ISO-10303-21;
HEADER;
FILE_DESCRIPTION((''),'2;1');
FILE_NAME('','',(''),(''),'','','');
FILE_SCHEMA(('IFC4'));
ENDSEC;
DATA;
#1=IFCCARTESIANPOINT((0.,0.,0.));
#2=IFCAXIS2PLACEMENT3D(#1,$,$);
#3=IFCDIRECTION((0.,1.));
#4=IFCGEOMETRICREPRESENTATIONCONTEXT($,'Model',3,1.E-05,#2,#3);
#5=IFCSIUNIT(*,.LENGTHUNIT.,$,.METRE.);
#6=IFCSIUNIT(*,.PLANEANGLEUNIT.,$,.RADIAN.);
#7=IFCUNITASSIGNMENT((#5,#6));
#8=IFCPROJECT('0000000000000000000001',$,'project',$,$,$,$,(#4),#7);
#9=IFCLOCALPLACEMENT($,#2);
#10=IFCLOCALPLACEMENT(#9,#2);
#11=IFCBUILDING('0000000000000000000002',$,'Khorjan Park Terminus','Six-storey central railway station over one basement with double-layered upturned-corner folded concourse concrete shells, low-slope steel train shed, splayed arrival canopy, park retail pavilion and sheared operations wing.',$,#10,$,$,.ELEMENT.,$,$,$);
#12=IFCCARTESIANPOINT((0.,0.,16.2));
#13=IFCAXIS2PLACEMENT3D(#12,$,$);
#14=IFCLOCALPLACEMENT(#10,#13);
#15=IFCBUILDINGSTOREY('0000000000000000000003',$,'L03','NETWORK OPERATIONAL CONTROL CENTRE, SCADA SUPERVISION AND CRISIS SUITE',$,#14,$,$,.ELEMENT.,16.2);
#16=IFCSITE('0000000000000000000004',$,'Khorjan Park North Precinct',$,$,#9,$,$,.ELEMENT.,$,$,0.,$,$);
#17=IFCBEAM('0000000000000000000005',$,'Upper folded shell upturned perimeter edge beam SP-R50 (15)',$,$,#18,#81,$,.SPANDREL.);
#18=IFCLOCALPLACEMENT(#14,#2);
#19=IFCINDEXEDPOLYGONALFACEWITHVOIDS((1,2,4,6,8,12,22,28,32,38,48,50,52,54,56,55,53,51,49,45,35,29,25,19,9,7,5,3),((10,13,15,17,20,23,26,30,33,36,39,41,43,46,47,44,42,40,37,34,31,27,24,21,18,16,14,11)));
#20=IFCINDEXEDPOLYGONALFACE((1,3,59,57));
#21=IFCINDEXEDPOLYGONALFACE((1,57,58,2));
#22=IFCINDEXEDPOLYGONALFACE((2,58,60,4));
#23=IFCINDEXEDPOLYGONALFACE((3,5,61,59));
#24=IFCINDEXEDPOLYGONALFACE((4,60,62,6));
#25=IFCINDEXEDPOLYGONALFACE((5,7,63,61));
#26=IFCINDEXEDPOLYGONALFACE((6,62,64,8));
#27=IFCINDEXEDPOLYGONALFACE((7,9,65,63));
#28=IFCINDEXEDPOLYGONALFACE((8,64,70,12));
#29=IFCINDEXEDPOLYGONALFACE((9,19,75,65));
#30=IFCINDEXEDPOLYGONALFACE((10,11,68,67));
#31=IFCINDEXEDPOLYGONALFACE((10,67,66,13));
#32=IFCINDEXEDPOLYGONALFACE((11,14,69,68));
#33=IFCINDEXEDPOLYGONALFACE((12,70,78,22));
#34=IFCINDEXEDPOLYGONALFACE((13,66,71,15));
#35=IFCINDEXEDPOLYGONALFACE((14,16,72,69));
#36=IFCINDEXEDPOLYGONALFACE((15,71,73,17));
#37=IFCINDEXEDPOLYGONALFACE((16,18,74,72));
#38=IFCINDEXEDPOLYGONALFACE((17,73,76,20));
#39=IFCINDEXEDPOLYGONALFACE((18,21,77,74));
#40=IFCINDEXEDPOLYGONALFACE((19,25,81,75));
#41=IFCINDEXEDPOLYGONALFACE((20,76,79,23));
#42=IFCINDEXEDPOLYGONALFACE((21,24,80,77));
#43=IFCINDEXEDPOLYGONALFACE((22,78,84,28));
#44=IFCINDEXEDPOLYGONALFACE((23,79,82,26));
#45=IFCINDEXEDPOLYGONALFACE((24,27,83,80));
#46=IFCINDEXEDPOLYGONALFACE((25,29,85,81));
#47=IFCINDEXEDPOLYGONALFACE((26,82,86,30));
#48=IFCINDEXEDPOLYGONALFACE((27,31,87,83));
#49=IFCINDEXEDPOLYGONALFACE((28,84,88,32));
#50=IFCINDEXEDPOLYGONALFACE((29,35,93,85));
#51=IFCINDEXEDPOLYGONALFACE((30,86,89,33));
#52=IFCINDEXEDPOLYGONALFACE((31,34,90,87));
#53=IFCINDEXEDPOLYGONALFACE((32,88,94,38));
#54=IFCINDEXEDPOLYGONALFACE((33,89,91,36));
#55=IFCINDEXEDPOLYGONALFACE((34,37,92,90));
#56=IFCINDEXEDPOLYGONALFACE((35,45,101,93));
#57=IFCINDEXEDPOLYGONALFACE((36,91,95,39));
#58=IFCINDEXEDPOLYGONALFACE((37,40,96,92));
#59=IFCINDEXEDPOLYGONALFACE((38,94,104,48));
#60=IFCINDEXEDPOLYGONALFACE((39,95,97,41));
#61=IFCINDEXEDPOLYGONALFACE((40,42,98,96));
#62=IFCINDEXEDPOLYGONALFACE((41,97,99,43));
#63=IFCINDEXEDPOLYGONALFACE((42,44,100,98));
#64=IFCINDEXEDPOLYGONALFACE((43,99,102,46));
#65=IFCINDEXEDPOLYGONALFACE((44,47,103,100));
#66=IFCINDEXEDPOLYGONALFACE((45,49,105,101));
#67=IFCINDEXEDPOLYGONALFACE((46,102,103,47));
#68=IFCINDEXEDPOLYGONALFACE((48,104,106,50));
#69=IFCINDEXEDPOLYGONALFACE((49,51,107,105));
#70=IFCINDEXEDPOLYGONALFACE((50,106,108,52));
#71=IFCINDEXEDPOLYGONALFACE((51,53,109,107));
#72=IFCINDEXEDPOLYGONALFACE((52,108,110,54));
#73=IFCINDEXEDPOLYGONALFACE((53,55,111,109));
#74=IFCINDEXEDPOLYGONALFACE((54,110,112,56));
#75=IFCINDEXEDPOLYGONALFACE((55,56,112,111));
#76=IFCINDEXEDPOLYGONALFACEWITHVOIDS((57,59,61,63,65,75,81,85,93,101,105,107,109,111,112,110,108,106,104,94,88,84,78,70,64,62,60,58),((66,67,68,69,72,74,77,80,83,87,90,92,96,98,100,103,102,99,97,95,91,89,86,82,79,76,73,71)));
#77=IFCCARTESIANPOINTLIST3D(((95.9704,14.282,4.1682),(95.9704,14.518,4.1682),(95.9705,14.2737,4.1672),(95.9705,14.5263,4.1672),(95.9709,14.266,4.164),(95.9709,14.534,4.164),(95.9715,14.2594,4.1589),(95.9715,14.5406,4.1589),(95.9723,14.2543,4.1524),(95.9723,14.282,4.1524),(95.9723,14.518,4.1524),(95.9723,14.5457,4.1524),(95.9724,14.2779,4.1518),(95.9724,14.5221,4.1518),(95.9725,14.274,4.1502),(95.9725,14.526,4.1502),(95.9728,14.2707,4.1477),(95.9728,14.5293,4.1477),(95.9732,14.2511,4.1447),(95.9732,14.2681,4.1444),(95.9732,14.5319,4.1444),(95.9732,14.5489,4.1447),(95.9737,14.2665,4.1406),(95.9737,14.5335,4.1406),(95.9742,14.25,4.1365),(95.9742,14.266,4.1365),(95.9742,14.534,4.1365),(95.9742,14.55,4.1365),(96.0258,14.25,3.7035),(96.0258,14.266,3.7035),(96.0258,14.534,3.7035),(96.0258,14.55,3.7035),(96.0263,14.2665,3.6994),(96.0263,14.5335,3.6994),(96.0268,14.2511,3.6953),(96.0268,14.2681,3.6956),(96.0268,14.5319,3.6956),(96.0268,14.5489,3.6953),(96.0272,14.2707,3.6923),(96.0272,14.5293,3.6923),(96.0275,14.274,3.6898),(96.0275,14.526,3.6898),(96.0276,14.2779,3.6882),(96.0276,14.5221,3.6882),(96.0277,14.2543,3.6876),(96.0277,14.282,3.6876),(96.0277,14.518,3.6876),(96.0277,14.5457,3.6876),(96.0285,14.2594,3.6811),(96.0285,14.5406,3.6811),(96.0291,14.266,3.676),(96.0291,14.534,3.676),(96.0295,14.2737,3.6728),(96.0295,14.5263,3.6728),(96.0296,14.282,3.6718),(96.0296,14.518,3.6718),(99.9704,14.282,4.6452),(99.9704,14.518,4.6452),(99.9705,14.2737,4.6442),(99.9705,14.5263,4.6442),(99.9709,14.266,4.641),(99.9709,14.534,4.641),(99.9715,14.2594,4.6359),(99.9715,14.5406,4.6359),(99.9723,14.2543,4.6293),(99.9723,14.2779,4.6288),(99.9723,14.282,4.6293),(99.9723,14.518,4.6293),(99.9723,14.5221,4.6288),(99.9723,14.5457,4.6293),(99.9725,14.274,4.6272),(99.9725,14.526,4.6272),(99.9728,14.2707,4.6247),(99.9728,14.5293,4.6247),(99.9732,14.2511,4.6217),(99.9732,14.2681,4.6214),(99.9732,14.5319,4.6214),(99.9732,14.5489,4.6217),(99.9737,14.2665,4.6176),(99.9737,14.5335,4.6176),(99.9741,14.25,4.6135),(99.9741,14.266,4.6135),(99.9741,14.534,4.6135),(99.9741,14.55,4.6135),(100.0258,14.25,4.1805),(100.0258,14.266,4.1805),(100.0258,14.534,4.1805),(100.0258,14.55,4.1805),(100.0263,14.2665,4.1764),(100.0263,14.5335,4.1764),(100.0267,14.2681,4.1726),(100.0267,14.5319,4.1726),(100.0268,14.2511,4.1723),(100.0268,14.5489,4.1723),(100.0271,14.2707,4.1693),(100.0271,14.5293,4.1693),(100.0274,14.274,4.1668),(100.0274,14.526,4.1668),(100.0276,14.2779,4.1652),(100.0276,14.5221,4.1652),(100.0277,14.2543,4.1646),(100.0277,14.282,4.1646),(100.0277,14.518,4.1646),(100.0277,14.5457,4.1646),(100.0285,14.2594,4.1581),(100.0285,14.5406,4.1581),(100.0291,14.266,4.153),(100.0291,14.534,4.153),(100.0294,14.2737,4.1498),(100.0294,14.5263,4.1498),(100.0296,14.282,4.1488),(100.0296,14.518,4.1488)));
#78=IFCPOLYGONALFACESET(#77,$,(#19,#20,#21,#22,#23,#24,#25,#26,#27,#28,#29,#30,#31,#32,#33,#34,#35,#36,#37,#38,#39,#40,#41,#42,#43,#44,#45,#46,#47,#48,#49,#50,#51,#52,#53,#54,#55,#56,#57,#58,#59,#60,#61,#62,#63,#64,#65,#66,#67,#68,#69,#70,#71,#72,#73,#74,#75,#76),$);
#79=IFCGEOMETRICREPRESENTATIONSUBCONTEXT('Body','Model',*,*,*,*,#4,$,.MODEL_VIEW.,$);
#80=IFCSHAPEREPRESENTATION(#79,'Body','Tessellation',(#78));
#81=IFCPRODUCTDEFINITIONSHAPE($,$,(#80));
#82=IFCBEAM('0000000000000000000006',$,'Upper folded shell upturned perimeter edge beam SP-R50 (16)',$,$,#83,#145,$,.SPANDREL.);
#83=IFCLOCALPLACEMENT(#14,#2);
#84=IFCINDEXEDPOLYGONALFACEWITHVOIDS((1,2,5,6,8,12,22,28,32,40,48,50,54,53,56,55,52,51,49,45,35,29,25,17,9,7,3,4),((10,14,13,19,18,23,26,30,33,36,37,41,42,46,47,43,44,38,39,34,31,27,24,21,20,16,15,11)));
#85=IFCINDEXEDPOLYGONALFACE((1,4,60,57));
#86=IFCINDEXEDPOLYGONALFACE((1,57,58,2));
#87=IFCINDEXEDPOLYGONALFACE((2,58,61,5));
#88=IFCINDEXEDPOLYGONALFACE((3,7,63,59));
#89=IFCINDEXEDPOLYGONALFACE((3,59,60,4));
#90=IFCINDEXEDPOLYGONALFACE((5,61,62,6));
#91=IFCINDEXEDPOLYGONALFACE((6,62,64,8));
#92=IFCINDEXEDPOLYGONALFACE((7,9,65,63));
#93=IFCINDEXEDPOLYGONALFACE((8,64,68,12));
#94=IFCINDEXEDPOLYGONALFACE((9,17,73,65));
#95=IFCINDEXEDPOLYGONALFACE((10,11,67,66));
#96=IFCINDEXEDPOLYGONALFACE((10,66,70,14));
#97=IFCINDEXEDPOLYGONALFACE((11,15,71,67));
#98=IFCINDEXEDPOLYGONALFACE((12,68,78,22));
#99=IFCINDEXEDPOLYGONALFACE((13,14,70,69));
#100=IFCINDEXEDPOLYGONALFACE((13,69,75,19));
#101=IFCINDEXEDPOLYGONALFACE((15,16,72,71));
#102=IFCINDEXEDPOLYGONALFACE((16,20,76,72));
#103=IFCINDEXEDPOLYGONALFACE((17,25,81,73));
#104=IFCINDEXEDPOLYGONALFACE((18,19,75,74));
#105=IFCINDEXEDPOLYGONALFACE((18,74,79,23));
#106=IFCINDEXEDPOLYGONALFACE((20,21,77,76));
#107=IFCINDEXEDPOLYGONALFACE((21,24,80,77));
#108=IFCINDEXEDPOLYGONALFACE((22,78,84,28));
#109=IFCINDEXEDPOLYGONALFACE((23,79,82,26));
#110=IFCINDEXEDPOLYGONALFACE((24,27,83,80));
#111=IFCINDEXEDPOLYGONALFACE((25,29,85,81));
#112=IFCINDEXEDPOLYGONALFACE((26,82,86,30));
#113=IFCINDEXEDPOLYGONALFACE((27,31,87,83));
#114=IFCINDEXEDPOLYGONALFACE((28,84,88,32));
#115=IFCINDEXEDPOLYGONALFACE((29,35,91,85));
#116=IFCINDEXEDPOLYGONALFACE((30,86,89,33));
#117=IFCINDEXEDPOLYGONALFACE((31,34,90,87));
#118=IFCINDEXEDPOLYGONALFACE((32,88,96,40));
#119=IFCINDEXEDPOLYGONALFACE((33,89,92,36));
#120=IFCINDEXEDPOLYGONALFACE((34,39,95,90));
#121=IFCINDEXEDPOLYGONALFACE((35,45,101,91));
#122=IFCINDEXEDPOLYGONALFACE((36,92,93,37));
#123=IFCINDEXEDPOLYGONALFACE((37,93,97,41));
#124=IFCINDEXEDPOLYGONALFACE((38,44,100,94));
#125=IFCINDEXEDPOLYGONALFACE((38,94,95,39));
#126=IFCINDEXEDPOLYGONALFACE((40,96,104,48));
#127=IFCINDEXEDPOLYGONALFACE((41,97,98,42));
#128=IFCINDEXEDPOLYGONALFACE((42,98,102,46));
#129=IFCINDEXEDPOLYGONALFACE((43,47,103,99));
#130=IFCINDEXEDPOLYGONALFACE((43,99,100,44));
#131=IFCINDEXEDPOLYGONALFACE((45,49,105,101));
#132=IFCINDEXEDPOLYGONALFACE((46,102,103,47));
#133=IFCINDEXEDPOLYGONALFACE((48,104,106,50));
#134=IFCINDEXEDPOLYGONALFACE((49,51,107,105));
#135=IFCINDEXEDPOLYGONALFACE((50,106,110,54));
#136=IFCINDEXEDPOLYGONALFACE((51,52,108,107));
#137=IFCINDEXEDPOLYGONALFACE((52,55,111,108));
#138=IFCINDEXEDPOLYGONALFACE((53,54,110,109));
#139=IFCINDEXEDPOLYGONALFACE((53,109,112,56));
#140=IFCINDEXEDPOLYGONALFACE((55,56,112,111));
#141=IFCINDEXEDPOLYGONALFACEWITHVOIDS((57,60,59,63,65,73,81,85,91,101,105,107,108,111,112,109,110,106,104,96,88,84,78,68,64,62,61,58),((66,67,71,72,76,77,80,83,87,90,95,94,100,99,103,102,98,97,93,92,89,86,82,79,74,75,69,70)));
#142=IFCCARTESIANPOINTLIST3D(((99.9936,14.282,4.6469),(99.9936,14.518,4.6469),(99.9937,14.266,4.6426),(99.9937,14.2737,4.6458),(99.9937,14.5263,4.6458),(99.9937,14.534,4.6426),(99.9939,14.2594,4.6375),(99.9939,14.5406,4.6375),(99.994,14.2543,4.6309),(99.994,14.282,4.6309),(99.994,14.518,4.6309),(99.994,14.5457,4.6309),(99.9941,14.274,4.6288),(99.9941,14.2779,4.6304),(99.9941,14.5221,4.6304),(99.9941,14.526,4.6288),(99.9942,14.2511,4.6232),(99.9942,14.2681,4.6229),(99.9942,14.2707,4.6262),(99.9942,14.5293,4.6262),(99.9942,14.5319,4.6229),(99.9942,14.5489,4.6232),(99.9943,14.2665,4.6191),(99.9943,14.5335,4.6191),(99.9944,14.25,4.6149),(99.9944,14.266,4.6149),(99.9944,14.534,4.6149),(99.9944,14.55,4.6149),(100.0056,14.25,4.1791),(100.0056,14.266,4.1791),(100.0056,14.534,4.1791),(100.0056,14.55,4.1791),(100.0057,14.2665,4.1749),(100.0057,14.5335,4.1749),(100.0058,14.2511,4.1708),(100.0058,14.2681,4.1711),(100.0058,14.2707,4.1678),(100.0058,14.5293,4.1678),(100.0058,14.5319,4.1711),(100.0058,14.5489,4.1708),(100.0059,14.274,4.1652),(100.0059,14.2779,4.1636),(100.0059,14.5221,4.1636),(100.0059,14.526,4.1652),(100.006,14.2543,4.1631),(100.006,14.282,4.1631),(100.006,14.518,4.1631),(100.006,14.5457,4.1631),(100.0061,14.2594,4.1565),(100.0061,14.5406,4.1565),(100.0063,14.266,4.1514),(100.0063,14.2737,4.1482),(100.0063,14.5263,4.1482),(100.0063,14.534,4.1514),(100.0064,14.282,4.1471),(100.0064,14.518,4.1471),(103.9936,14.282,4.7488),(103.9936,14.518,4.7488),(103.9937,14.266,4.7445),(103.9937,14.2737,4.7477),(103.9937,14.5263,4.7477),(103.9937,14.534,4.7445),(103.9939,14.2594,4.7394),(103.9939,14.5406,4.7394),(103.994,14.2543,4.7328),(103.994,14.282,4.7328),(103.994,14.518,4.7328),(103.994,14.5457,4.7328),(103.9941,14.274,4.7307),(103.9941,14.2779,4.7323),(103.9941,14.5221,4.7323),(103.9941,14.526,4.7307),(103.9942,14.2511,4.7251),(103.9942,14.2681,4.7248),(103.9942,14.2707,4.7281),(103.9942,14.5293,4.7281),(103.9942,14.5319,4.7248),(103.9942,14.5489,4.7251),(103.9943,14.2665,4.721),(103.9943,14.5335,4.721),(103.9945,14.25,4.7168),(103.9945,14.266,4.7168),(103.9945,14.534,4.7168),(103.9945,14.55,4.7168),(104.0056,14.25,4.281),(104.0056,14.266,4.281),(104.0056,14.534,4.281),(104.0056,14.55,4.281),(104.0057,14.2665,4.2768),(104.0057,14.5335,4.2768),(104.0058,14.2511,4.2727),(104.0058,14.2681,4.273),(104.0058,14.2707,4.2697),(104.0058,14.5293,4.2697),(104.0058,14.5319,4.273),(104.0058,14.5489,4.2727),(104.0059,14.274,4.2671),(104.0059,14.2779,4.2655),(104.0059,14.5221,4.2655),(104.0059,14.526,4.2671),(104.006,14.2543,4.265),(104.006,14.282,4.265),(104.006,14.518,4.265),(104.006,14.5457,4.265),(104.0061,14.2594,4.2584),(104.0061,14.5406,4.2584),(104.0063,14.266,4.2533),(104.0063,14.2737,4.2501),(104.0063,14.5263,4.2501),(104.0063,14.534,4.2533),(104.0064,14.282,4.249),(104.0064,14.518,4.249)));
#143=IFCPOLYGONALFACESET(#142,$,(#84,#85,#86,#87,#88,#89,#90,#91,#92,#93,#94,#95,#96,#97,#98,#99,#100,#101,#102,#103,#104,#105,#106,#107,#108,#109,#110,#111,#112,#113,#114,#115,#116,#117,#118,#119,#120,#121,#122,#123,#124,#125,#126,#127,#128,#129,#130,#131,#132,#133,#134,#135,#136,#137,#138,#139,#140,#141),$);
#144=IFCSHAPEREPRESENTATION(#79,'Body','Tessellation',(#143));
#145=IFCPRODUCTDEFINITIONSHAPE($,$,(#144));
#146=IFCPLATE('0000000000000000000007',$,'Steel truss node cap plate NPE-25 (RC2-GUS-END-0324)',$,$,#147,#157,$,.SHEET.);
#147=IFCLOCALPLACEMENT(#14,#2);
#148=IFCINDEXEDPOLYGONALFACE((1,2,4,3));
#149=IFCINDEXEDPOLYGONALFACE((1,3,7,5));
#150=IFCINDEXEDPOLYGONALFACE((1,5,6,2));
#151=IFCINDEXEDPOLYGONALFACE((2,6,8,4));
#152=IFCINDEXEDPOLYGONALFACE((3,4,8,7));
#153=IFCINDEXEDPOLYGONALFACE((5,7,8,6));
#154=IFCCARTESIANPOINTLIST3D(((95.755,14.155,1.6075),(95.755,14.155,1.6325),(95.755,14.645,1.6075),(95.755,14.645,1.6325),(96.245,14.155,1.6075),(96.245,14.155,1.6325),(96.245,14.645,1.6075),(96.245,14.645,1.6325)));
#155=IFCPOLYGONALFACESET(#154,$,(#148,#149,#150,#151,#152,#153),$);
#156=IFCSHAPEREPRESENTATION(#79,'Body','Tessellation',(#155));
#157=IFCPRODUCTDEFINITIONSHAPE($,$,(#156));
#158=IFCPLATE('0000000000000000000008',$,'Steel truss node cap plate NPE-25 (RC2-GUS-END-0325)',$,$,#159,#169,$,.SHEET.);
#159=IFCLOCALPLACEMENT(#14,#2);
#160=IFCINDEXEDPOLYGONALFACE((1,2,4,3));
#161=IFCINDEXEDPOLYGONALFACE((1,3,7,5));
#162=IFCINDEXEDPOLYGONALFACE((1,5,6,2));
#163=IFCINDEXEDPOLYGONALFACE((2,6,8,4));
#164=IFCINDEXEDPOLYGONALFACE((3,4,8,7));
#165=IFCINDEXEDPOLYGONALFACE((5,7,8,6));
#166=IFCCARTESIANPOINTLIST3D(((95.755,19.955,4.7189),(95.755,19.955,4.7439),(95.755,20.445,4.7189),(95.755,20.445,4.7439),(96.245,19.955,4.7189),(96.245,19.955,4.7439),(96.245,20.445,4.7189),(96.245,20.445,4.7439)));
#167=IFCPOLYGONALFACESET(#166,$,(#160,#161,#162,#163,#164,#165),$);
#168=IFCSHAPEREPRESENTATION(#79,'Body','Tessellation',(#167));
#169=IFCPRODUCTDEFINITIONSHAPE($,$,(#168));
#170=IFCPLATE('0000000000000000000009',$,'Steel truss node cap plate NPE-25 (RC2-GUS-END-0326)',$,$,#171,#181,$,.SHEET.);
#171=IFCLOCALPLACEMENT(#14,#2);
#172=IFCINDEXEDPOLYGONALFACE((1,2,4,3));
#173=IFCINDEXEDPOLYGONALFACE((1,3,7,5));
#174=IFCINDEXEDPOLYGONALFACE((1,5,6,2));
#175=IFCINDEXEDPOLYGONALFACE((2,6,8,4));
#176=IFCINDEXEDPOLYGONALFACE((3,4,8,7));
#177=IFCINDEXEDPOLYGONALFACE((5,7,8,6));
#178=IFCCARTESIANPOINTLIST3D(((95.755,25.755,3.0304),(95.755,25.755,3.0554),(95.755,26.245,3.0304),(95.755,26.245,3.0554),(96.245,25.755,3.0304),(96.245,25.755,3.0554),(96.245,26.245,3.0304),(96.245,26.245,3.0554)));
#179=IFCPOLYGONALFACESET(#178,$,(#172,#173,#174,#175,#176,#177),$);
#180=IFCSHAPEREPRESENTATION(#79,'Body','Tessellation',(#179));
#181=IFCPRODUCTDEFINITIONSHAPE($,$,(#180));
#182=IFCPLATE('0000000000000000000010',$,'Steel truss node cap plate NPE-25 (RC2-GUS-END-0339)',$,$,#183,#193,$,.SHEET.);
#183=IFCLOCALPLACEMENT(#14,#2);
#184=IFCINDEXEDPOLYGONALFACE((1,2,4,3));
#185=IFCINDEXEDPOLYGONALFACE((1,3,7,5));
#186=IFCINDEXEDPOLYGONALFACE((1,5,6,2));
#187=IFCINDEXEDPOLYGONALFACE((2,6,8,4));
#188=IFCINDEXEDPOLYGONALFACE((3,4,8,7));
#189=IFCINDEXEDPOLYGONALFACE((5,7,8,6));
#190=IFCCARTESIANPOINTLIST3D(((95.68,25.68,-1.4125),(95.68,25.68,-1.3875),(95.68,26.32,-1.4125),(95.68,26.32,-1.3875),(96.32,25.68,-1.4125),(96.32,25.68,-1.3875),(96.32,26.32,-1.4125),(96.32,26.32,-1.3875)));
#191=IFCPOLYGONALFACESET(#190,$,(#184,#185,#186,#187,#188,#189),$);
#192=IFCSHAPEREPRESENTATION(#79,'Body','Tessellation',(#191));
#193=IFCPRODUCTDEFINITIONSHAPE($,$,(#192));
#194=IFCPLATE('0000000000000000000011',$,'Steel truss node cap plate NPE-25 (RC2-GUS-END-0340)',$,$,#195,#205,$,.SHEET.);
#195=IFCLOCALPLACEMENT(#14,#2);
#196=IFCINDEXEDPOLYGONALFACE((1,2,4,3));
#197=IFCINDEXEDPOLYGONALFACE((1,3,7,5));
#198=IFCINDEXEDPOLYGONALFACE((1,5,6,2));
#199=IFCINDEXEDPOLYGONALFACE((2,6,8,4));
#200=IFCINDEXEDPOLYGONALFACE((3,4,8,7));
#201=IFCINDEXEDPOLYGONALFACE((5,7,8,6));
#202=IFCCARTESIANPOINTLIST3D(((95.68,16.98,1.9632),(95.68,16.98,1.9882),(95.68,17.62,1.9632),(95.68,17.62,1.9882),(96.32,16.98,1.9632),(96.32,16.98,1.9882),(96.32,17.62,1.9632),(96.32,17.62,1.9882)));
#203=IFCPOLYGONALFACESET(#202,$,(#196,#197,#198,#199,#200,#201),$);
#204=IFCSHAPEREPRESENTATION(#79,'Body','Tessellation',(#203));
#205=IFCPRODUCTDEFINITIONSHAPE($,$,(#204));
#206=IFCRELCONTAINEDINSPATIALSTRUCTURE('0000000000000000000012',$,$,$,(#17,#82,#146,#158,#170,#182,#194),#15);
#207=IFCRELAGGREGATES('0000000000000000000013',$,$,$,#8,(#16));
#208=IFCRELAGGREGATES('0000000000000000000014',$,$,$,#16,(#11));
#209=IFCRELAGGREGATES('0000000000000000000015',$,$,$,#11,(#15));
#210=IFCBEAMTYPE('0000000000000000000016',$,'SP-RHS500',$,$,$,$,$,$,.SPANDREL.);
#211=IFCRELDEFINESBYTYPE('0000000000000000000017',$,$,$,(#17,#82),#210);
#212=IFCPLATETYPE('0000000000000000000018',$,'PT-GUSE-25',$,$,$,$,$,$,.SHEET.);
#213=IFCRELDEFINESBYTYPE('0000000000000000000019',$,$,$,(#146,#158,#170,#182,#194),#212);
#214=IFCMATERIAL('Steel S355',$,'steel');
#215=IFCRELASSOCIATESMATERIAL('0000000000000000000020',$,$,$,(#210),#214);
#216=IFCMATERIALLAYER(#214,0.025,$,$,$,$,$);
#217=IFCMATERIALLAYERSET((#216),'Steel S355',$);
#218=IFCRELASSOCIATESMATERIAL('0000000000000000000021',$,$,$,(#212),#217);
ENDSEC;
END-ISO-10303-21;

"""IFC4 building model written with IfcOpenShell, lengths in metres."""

from ifc_helpers import new_model, si_unit, direction, frame, origin, origin_2d, place, context, subcontext, project, spatial, rectangle, hollow_rectangle, extrude, material, layer, layer_set, material_profile, profile_set, type_object, element, save


model = new_model("IFC4")

# Units and contexts
model_context = context("Model", 3, precision=1e-05, world=origin(), true_north=direction((0.0, 1.0)))
body_context = subcontext(model_context, "Body", "Model", "MODEL_VIEW")
ifc_project = project(units=[si_unit("LENGTHUNIT", "METRE"), si_unit("PLANEANGLEUNIT", "RADIAN")], contexts=[model_context])

# Site, building, storey
site_placement = place(None, origin())
site = spatial("IfcSite", under=ifc_project, at=site_placement, Name="Khorjan Park North Precinct", CompositionType="ELEMENT", RefElevation=0.0)
building_placement = place(site_placement, origin())
building = spatial("IfcBuilding", under=site, at=building_placement, Name="Khorjan Park Terminus", Description="Six-storey central railway station over one basement with double-layered upturned-corner folded concourse concrete shells, low-slope steel train shed, splayed arrival canopy, park retail pavilion and sheared operations wing.", CompositionType="ELEMENT")
storey_placement = place(building_placement, frame((0.0, 0.0, 16.2)))
storey = spatial("IfcBuildingStorey", under=building, at=storey_placement, Name="L03", Description="NETWORK OPERATIONAL CONTROL CENTRE, SCADA SUPERVISION AND CRISIS SUITE", CompositionType="ELEMENT", Elevation=16.2)

# Shared definitions
ifc_material_1 = material(Name="Steel S355", Category="steel")

# Beams
ifc_material_profile_1 = material_profile(ifc_material_1, hollow_rectangle(XDim=0.3, YDim=0.5, WallThickness=0.016, InnerFilletRadius=0.016, OuterFilletRadius=0.032, at=origin_2d()), Name="RHS 500x300x16")
ifc_profile_set_1 = profile_set([ifc_material_profile_1], Name="Steel S355")
beam_type_1 = type_object("IfcBeamType", Name="SP-RHS500", PredefinedType="SPANDREL", material=ifc_profile_set_1)
beam_1_placement = place(storey_placement, frame((96.0, 14.4, 3.92), z_axis=(0.992965, 0.0, 0.118411), x_axis=(0.0, 1.0, 0.0)))
element("IfcBeam", 1, at=beam_1_placement, inside=storey, type_object=beam_type_1, Name="Upper folded shell upturned perimeter edge beam SP-R50 (15)", PredefinedType="SPANDREL", context=body_context, shape_type="SweptSolid", body=[
    extrude(hollow_rectangle(XDim=0.3, YDim=0.5, WallThickness=0.016, InnerFilletRadius=0.016, OuterFilletRadius=0.032, at=origin_2d()), origin(), (0.0, 0.0, 1.0), 4.0283),
])
beam_2_placement = place(storey_placement, frame((100.0, 14.4, 4.397), z_axis=(0.999676, 0.0, 0.025467), x_axis=(0.0, 1.0, 0.0)))
element("IfcBeam", 2, at=beam_2_placement, inside=storey, type_object=beam_type_1, Name="Upper folded shell upturned perimeter edge beam SP-R50 (16)", PredefinedType="SPANDREL", context=body_context, shape_type="SweptSolid", body=[
    extrude(hollow_rectangle(XDim=0.3, YDim=0.5, WallThickness=0.016, InnerFilletRadius=0.016, OuterFilletRadius=0.032, at=origin_2d()), origin(), (0.0, 0.0, 1.0), 4.0013),
])

# Plates
ifc_layer_1 = layer(ifc_material_1, 0.025)
ifc_layer_set_1 = layer_set([ifc_layer_1], Name="Steel S355")
plate_type_1 = type_object("IfcPlateType", Name="PT-GUSE-25", PredefinedType="SHEET", material=ifc_layer_set_1)
for number, where, z_axis, x_axis, name in (
    (3, (96.0, 14.4, 1.6075), (0.0, 0.0, 1.0), (1.0, 0.0, 0.0), "Steel truss node cap plate NPE-25 (RC2-GUS-END-0324)"),
    (4, (96.0, 20.2, 4.7189), (0.0, 0.0, 1.0), (1.0, 0.0, 0.0), "Steel truss node cap plate NPE-25 (RC2-GUS-END-0325)"),
    (5, (96.0, 26.0, 3.0304), (0.0, 0.0, 1.0), (1.0, 0.0, 0.0), "Steel truss node cap plate NPE-25 (RC2-GUS-END-0326)"),
):
    element("IfcPlate", number, at=place(storey_placement, frame(where, z_axis=z_axis, x_axis=x_axis)), inside=storey, type_object=plate_type_1, Name=name, PredefinedType="SHEET", context=body_context, shape_type="SweptSolid", body=[
        extrude(rectangle(XDim=0.49, YDim=0.49, at=origin_2d()), origin(), (0.0, 0.0, 1.0), 0.025),
    ])
for number, where, z_axis, x_axis, name in (
    (6, (96.0, 26.0, -1.4125), (0.0, 0.0, 1.0), (1.0, 0.0, 0.0), "Steel truss node cap plate NPE-25 (RC2-GUS-END-0339)"),
    (7, (96.0, 17.3, 1.9632), (0.0, 0.0, 1.0), (1.0, 0.0, 0.0), "Steel truss node cap plate NPE-25 (RC2-GUS-END-0340)"),
):
    element("IfcPlate", number, at=place(storey_placement, frame(where, z_axis=z_axis, x_axis=x_axis)), inside=storey, type_object=plate_type_1, Name=name, PredefinedType="SHEET", context=body_context, shape_type="SweptSolid", body=[
        extrude(rectangle(XDim=0.64, YDim=0.64, at=origin_2d()), origin(), (0.0, 0.0, 1.0), 0.025),
    ])

save(model, "model.ifc")
